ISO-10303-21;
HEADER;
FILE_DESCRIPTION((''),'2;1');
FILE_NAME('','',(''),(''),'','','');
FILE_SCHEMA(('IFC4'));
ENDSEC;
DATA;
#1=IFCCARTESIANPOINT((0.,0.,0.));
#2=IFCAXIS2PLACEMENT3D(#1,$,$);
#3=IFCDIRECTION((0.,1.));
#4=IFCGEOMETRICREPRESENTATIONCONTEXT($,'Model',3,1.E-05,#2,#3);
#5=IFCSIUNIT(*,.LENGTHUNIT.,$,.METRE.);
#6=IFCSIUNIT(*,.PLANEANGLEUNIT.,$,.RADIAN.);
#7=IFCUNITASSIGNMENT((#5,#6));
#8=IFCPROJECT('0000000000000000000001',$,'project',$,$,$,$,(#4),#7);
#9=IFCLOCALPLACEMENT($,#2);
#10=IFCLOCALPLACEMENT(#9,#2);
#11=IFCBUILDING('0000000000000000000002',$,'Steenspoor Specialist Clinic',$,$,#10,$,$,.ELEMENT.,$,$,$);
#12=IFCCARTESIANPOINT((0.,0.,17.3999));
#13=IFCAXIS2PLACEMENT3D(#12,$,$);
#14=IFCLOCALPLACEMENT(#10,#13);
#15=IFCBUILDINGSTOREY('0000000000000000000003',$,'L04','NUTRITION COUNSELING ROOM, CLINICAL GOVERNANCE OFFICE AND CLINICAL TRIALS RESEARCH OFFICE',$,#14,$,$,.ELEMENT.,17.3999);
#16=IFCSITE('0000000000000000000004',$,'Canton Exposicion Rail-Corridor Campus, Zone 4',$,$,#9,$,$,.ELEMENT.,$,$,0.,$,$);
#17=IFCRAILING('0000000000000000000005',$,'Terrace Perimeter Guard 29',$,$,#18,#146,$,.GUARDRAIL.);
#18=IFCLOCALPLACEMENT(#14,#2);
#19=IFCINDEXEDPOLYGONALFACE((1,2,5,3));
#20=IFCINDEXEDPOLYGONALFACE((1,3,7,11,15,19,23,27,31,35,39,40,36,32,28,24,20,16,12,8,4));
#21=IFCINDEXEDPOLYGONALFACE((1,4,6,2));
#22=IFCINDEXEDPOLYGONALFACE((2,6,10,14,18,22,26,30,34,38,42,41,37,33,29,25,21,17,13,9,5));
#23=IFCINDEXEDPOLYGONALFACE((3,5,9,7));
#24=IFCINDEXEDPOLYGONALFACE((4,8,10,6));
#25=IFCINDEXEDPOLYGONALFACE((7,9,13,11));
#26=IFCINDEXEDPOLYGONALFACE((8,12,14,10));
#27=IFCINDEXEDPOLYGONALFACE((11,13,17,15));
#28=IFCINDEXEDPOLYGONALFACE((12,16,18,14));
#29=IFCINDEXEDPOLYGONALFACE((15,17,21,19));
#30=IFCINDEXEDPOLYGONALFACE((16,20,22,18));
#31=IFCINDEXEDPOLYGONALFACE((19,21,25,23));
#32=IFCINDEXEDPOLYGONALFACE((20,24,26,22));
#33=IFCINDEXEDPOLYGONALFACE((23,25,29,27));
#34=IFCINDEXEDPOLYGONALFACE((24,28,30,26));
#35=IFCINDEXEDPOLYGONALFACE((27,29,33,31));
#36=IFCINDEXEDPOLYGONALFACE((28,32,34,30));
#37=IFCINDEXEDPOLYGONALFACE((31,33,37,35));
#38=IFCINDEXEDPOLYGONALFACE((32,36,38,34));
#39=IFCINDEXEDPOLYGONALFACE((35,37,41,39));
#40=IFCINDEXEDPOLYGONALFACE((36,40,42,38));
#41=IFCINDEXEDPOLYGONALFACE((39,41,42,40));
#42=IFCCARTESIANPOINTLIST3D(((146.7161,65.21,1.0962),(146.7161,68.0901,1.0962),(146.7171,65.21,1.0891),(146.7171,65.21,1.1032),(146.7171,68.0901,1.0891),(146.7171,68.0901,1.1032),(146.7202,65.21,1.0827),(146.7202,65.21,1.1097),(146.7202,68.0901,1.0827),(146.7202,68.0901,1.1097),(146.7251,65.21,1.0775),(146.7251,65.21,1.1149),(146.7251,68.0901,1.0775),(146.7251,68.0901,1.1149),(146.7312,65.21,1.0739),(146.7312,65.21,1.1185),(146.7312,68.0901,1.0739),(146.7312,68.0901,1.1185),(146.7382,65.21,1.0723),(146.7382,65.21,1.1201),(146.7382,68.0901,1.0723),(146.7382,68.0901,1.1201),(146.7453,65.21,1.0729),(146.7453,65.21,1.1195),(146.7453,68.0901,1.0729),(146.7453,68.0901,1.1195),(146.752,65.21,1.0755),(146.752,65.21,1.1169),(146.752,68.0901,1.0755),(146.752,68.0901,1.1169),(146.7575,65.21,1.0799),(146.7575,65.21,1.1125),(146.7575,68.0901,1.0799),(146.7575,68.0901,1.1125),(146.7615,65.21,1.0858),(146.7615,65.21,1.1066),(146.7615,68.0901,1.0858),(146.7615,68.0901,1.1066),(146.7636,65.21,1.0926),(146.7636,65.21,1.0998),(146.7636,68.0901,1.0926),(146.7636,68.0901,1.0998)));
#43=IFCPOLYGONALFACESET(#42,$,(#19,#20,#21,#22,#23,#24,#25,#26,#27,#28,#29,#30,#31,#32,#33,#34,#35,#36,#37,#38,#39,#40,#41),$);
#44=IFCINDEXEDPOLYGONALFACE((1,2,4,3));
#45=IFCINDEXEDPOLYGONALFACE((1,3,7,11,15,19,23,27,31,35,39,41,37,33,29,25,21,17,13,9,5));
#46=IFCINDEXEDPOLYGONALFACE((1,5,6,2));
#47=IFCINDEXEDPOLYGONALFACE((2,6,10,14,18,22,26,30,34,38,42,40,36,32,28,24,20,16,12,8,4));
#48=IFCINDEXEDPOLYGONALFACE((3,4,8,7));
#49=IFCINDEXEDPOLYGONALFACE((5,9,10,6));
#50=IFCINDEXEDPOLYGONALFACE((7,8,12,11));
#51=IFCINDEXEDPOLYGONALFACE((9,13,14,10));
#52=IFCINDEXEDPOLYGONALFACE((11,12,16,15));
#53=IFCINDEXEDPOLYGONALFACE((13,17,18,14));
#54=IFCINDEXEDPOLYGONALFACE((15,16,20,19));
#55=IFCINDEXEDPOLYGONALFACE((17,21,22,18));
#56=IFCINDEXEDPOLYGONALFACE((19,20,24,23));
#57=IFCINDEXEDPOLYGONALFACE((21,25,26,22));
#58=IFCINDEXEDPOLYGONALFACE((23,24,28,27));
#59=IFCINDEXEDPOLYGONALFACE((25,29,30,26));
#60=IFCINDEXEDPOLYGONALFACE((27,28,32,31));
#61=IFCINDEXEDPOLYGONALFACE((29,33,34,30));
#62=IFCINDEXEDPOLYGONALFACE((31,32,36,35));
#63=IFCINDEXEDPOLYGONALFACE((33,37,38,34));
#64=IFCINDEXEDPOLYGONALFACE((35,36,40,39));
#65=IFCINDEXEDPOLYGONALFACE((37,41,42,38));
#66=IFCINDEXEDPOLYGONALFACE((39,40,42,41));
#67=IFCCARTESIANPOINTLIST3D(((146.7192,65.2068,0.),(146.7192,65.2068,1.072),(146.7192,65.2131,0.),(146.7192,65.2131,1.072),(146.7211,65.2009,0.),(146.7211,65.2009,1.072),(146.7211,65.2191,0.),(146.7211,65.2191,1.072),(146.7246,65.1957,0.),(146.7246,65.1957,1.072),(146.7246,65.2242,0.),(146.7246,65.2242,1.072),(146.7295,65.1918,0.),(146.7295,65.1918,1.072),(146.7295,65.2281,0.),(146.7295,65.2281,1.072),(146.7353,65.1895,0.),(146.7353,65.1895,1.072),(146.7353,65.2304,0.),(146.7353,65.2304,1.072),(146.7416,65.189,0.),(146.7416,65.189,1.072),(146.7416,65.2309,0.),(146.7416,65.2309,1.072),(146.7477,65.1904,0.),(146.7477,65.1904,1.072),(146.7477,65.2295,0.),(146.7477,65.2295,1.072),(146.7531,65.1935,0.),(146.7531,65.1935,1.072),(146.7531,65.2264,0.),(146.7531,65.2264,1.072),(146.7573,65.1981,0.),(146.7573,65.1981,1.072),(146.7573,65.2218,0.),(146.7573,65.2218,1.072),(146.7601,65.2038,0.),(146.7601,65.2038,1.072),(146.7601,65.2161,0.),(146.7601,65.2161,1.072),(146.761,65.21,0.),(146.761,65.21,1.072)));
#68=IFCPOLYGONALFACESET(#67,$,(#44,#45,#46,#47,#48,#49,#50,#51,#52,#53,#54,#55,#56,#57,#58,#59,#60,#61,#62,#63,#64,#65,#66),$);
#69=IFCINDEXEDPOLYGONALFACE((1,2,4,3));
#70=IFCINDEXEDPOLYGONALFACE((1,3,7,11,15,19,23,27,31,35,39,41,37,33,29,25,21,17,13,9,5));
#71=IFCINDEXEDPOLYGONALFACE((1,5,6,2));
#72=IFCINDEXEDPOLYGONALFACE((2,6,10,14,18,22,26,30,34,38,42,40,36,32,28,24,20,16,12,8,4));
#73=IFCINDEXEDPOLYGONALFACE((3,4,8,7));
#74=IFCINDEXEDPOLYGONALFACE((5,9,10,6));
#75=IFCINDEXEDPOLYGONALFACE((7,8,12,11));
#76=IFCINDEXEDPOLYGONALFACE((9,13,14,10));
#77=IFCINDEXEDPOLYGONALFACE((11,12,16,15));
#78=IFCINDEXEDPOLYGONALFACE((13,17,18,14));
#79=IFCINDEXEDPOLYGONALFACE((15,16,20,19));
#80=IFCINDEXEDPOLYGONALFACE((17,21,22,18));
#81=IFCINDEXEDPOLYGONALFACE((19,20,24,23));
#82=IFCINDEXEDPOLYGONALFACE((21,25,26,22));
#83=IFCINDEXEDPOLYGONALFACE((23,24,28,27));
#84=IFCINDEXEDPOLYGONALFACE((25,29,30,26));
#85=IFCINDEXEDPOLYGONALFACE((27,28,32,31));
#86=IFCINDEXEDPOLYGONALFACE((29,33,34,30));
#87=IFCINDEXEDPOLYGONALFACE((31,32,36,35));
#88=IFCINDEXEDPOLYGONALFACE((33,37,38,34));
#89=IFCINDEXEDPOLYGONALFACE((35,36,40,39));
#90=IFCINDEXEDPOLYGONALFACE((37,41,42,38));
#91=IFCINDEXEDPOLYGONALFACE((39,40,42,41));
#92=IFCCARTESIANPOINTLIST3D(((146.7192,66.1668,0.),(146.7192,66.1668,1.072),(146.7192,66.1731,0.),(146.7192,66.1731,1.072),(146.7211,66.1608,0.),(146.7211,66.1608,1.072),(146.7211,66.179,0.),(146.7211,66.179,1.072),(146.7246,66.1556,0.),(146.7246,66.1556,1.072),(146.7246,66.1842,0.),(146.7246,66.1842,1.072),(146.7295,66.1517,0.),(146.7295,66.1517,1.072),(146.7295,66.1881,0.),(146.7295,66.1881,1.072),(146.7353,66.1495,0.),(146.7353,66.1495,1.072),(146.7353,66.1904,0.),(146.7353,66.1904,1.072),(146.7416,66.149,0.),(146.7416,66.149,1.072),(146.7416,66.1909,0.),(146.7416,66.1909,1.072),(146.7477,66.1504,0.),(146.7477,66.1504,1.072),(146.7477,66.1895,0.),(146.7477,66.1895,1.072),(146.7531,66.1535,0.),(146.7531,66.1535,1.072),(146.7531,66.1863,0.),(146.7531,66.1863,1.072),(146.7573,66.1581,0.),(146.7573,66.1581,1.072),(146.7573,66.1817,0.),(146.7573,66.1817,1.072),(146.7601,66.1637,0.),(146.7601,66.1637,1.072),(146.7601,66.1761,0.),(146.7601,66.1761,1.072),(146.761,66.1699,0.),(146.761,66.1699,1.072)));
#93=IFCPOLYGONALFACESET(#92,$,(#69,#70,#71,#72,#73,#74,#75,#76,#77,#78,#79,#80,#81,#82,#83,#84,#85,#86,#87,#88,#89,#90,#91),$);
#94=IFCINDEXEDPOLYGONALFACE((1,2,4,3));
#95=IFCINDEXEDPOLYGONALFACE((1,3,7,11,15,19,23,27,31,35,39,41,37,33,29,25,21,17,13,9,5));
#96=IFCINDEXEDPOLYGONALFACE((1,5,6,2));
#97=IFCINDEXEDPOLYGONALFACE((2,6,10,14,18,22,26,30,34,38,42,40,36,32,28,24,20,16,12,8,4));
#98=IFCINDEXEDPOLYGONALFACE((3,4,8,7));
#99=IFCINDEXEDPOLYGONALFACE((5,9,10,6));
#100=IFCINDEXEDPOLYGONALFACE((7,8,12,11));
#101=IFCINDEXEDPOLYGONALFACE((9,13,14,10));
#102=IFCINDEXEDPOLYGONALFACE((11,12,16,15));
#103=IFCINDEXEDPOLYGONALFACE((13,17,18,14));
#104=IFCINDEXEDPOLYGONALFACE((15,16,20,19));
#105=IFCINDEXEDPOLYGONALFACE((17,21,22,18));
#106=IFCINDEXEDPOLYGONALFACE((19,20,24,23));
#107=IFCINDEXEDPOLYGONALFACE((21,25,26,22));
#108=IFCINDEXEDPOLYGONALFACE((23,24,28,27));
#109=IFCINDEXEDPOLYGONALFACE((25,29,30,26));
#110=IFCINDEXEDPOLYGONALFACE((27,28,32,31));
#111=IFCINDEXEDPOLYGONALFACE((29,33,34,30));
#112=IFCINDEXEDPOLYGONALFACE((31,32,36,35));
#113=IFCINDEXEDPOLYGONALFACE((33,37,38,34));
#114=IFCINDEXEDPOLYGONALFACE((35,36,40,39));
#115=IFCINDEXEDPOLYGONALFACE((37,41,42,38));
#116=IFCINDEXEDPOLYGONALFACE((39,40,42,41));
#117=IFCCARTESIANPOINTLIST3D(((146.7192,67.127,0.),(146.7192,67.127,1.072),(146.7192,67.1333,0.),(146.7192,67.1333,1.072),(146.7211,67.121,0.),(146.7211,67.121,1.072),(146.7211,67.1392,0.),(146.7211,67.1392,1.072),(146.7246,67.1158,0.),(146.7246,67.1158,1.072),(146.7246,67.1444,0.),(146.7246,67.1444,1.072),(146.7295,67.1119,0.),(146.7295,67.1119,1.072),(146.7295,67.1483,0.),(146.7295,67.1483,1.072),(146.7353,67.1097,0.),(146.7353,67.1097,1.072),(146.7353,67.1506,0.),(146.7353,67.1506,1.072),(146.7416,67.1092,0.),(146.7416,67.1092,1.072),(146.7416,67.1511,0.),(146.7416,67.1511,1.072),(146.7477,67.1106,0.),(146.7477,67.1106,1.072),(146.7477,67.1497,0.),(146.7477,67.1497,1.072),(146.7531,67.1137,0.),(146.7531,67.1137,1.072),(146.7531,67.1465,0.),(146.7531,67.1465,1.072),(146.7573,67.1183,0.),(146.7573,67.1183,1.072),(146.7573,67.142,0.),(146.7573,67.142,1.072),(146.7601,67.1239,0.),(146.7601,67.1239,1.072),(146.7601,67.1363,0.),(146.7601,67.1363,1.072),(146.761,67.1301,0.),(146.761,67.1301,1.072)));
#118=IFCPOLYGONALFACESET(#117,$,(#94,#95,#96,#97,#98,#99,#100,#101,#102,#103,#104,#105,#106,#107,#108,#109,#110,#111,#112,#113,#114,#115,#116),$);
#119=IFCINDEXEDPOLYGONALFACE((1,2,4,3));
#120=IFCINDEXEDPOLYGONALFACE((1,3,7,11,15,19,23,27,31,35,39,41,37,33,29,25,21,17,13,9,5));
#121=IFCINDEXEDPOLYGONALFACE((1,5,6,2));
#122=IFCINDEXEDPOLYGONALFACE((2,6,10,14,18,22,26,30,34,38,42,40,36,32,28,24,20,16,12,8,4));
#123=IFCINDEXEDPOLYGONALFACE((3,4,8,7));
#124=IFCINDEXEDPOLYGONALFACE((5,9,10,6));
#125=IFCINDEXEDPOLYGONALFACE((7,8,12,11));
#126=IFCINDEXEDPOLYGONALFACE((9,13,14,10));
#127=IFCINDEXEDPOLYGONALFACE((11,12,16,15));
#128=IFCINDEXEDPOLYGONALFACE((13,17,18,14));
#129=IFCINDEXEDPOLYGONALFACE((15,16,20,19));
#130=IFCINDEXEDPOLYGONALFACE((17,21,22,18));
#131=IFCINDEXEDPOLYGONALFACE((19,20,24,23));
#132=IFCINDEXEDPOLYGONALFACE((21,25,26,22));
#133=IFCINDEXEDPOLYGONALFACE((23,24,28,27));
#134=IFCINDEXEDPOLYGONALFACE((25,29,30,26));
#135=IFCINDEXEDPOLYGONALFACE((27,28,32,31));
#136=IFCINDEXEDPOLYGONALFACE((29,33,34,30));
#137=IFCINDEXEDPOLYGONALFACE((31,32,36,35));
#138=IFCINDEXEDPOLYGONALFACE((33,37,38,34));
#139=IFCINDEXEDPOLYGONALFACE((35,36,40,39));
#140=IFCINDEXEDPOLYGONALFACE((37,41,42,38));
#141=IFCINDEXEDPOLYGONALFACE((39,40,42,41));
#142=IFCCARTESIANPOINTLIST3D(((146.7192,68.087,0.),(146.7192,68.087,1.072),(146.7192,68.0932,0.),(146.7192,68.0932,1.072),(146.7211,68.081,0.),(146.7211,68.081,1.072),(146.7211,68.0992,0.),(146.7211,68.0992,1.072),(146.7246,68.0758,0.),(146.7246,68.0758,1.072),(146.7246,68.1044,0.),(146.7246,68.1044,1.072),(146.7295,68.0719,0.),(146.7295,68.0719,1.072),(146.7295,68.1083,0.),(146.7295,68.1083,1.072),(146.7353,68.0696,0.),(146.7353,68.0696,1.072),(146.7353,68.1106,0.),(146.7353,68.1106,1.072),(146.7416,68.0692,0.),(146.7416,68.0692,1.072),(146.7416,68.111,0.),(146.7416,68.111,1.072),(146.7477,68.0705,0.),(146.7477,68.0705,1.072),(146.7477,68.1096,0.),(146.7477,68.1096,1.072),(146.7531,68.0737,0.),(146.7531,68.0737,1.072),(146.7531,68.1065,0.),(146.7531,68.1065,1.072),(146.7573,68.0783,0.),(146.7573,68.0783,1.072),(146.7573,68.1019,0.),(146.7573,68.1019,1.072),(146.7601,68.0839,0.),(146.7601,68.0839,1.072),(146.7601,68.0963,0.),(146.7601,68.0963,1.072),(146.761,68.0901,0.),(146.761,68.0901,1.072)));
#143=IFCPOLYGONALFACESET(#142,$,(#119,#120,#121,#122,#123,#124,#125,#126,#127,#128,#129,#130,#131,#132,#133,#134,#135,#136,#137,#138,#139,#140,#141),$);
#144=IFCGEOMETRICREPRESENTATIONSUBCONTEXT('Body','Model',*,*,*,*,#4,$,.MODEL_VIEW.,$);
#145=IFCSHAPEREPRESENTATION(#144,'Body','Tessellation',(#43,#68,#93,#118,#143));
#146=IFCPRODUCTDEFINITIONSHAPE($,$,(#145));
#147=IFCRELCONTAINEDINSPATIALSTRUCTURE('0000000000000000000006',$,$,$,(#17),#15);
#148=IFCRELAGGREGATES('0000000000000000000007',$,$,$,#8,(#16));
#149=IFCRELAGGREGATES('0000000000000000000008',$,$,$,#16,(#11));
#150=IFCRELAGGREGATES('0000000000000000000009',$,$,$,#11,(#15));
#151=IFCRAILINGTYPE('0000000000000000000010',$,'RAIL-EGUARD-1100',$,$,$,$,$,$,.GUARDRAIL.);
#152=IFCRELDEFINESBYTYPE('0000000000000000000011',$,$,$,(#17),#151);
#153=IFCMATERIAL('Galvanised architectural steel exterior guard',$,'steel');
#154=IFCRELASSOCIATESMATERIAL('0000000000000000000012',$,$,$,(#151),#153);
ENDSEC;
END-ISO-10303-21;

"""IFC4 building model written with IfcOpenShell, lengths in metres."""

from ifc_helpers import new_model, si_unit, direction, frame, origin, origin_2d, place, context, subcontext, project, spatial, circle, extrude, material, type_object, element, save


model = new_model("IFC4")

# Units and contexts
model_context = context("Model", 3, precision=1e-05, world=origin(), true_north=direction((0.0, 1.0)))
body_context = subcontext(model_context, "Body", "Model", "MODEL_VIEW")
ifc_project = project(units=[si_unit("LENGTHUNIT", "METRE"), si_unit("PLANEANGLEUNIT", "RADIAN")], contexts=[model_context])

# Site, building, storey
site_placement = place(None, origin())
site = spatial("IfcSite", under=ifc_project, at=site_placement, Name="Canton Exposicion Rail-Corridor Campus, Zone 4", CompositionType="ELEMENT", RefElevation=0.0)
building_placement = place(site_placement, origin())
building = spatial("IfcBuilding", under=site, at=building_placement, Name="Steenspoor Specialist Clinic", CompositionType="ELEMENT")
storey_placement = place(building_placement, frame((0.0, 0.0, 17.3999)))
storey = spatial("IfcBuildingStorey", under=building, at=storey_placement, Name="L04", Description="NUTRITION COUNSELING ROOM, CLINICAL GOVERNANCE OFFICE AND CLINICAL TRIALS RESEARCH OFFICE", CompositionType="ELEMENT", Elevation=17.3999)

# Railing
ifc_material_1 = material(Name="Galvanised architectural steel exterior guard", Category="steel")
railing_type_1 = type_object("IfcRailingType", Name="RAIL-EGUARD-1100", PredefinedType="GUARDRAIL", material=ifc_material_1)
railing_1_placement = place(storey_placement, frame((146.74, 65.21, 0.0)))
element("IfcRailing", 1, at=railing_1_placement, inside=storey, type_object=railing_type_1, Name="Terrace Perimeter Guard 29", PredefinedType="GUARDRAIL", context=body_context, shape_type="SweptSolid", body=[
    extrude(circle(Radius=0.0239, at=origin_2d()), frame((0.0, 0.0, 1.0962), z_axis=(0.0, 1.0, 0.0), x_axis=(-1.0, 0.0, 0.0)), (0.0, 0.0, 1.0), 2.8801),
    extrude(circle(Radius=0.021, at=origin_2d()), origin(), (0.0, 0.0, 1.0), 1.072),
    extrude(circle(Radius=0.021, at=origin_2d()), frame((0.0, 0.96, 0.0)), (0.0, 0.0, 1.0), 1.072),
    extrude(circle(Radius=0.021, at=origin_2d()), frame((0.0, 1.9202, 0.0)), (0.0, 0.0, 1.0), 1.072),
    extrude(circle(Radius=0.021, at=origin_2d()), frame((0.0, 2.8801, 0.0)), (0.0, 0.0, 1.0), 1.072),
])

save(model, "model.ifc")
